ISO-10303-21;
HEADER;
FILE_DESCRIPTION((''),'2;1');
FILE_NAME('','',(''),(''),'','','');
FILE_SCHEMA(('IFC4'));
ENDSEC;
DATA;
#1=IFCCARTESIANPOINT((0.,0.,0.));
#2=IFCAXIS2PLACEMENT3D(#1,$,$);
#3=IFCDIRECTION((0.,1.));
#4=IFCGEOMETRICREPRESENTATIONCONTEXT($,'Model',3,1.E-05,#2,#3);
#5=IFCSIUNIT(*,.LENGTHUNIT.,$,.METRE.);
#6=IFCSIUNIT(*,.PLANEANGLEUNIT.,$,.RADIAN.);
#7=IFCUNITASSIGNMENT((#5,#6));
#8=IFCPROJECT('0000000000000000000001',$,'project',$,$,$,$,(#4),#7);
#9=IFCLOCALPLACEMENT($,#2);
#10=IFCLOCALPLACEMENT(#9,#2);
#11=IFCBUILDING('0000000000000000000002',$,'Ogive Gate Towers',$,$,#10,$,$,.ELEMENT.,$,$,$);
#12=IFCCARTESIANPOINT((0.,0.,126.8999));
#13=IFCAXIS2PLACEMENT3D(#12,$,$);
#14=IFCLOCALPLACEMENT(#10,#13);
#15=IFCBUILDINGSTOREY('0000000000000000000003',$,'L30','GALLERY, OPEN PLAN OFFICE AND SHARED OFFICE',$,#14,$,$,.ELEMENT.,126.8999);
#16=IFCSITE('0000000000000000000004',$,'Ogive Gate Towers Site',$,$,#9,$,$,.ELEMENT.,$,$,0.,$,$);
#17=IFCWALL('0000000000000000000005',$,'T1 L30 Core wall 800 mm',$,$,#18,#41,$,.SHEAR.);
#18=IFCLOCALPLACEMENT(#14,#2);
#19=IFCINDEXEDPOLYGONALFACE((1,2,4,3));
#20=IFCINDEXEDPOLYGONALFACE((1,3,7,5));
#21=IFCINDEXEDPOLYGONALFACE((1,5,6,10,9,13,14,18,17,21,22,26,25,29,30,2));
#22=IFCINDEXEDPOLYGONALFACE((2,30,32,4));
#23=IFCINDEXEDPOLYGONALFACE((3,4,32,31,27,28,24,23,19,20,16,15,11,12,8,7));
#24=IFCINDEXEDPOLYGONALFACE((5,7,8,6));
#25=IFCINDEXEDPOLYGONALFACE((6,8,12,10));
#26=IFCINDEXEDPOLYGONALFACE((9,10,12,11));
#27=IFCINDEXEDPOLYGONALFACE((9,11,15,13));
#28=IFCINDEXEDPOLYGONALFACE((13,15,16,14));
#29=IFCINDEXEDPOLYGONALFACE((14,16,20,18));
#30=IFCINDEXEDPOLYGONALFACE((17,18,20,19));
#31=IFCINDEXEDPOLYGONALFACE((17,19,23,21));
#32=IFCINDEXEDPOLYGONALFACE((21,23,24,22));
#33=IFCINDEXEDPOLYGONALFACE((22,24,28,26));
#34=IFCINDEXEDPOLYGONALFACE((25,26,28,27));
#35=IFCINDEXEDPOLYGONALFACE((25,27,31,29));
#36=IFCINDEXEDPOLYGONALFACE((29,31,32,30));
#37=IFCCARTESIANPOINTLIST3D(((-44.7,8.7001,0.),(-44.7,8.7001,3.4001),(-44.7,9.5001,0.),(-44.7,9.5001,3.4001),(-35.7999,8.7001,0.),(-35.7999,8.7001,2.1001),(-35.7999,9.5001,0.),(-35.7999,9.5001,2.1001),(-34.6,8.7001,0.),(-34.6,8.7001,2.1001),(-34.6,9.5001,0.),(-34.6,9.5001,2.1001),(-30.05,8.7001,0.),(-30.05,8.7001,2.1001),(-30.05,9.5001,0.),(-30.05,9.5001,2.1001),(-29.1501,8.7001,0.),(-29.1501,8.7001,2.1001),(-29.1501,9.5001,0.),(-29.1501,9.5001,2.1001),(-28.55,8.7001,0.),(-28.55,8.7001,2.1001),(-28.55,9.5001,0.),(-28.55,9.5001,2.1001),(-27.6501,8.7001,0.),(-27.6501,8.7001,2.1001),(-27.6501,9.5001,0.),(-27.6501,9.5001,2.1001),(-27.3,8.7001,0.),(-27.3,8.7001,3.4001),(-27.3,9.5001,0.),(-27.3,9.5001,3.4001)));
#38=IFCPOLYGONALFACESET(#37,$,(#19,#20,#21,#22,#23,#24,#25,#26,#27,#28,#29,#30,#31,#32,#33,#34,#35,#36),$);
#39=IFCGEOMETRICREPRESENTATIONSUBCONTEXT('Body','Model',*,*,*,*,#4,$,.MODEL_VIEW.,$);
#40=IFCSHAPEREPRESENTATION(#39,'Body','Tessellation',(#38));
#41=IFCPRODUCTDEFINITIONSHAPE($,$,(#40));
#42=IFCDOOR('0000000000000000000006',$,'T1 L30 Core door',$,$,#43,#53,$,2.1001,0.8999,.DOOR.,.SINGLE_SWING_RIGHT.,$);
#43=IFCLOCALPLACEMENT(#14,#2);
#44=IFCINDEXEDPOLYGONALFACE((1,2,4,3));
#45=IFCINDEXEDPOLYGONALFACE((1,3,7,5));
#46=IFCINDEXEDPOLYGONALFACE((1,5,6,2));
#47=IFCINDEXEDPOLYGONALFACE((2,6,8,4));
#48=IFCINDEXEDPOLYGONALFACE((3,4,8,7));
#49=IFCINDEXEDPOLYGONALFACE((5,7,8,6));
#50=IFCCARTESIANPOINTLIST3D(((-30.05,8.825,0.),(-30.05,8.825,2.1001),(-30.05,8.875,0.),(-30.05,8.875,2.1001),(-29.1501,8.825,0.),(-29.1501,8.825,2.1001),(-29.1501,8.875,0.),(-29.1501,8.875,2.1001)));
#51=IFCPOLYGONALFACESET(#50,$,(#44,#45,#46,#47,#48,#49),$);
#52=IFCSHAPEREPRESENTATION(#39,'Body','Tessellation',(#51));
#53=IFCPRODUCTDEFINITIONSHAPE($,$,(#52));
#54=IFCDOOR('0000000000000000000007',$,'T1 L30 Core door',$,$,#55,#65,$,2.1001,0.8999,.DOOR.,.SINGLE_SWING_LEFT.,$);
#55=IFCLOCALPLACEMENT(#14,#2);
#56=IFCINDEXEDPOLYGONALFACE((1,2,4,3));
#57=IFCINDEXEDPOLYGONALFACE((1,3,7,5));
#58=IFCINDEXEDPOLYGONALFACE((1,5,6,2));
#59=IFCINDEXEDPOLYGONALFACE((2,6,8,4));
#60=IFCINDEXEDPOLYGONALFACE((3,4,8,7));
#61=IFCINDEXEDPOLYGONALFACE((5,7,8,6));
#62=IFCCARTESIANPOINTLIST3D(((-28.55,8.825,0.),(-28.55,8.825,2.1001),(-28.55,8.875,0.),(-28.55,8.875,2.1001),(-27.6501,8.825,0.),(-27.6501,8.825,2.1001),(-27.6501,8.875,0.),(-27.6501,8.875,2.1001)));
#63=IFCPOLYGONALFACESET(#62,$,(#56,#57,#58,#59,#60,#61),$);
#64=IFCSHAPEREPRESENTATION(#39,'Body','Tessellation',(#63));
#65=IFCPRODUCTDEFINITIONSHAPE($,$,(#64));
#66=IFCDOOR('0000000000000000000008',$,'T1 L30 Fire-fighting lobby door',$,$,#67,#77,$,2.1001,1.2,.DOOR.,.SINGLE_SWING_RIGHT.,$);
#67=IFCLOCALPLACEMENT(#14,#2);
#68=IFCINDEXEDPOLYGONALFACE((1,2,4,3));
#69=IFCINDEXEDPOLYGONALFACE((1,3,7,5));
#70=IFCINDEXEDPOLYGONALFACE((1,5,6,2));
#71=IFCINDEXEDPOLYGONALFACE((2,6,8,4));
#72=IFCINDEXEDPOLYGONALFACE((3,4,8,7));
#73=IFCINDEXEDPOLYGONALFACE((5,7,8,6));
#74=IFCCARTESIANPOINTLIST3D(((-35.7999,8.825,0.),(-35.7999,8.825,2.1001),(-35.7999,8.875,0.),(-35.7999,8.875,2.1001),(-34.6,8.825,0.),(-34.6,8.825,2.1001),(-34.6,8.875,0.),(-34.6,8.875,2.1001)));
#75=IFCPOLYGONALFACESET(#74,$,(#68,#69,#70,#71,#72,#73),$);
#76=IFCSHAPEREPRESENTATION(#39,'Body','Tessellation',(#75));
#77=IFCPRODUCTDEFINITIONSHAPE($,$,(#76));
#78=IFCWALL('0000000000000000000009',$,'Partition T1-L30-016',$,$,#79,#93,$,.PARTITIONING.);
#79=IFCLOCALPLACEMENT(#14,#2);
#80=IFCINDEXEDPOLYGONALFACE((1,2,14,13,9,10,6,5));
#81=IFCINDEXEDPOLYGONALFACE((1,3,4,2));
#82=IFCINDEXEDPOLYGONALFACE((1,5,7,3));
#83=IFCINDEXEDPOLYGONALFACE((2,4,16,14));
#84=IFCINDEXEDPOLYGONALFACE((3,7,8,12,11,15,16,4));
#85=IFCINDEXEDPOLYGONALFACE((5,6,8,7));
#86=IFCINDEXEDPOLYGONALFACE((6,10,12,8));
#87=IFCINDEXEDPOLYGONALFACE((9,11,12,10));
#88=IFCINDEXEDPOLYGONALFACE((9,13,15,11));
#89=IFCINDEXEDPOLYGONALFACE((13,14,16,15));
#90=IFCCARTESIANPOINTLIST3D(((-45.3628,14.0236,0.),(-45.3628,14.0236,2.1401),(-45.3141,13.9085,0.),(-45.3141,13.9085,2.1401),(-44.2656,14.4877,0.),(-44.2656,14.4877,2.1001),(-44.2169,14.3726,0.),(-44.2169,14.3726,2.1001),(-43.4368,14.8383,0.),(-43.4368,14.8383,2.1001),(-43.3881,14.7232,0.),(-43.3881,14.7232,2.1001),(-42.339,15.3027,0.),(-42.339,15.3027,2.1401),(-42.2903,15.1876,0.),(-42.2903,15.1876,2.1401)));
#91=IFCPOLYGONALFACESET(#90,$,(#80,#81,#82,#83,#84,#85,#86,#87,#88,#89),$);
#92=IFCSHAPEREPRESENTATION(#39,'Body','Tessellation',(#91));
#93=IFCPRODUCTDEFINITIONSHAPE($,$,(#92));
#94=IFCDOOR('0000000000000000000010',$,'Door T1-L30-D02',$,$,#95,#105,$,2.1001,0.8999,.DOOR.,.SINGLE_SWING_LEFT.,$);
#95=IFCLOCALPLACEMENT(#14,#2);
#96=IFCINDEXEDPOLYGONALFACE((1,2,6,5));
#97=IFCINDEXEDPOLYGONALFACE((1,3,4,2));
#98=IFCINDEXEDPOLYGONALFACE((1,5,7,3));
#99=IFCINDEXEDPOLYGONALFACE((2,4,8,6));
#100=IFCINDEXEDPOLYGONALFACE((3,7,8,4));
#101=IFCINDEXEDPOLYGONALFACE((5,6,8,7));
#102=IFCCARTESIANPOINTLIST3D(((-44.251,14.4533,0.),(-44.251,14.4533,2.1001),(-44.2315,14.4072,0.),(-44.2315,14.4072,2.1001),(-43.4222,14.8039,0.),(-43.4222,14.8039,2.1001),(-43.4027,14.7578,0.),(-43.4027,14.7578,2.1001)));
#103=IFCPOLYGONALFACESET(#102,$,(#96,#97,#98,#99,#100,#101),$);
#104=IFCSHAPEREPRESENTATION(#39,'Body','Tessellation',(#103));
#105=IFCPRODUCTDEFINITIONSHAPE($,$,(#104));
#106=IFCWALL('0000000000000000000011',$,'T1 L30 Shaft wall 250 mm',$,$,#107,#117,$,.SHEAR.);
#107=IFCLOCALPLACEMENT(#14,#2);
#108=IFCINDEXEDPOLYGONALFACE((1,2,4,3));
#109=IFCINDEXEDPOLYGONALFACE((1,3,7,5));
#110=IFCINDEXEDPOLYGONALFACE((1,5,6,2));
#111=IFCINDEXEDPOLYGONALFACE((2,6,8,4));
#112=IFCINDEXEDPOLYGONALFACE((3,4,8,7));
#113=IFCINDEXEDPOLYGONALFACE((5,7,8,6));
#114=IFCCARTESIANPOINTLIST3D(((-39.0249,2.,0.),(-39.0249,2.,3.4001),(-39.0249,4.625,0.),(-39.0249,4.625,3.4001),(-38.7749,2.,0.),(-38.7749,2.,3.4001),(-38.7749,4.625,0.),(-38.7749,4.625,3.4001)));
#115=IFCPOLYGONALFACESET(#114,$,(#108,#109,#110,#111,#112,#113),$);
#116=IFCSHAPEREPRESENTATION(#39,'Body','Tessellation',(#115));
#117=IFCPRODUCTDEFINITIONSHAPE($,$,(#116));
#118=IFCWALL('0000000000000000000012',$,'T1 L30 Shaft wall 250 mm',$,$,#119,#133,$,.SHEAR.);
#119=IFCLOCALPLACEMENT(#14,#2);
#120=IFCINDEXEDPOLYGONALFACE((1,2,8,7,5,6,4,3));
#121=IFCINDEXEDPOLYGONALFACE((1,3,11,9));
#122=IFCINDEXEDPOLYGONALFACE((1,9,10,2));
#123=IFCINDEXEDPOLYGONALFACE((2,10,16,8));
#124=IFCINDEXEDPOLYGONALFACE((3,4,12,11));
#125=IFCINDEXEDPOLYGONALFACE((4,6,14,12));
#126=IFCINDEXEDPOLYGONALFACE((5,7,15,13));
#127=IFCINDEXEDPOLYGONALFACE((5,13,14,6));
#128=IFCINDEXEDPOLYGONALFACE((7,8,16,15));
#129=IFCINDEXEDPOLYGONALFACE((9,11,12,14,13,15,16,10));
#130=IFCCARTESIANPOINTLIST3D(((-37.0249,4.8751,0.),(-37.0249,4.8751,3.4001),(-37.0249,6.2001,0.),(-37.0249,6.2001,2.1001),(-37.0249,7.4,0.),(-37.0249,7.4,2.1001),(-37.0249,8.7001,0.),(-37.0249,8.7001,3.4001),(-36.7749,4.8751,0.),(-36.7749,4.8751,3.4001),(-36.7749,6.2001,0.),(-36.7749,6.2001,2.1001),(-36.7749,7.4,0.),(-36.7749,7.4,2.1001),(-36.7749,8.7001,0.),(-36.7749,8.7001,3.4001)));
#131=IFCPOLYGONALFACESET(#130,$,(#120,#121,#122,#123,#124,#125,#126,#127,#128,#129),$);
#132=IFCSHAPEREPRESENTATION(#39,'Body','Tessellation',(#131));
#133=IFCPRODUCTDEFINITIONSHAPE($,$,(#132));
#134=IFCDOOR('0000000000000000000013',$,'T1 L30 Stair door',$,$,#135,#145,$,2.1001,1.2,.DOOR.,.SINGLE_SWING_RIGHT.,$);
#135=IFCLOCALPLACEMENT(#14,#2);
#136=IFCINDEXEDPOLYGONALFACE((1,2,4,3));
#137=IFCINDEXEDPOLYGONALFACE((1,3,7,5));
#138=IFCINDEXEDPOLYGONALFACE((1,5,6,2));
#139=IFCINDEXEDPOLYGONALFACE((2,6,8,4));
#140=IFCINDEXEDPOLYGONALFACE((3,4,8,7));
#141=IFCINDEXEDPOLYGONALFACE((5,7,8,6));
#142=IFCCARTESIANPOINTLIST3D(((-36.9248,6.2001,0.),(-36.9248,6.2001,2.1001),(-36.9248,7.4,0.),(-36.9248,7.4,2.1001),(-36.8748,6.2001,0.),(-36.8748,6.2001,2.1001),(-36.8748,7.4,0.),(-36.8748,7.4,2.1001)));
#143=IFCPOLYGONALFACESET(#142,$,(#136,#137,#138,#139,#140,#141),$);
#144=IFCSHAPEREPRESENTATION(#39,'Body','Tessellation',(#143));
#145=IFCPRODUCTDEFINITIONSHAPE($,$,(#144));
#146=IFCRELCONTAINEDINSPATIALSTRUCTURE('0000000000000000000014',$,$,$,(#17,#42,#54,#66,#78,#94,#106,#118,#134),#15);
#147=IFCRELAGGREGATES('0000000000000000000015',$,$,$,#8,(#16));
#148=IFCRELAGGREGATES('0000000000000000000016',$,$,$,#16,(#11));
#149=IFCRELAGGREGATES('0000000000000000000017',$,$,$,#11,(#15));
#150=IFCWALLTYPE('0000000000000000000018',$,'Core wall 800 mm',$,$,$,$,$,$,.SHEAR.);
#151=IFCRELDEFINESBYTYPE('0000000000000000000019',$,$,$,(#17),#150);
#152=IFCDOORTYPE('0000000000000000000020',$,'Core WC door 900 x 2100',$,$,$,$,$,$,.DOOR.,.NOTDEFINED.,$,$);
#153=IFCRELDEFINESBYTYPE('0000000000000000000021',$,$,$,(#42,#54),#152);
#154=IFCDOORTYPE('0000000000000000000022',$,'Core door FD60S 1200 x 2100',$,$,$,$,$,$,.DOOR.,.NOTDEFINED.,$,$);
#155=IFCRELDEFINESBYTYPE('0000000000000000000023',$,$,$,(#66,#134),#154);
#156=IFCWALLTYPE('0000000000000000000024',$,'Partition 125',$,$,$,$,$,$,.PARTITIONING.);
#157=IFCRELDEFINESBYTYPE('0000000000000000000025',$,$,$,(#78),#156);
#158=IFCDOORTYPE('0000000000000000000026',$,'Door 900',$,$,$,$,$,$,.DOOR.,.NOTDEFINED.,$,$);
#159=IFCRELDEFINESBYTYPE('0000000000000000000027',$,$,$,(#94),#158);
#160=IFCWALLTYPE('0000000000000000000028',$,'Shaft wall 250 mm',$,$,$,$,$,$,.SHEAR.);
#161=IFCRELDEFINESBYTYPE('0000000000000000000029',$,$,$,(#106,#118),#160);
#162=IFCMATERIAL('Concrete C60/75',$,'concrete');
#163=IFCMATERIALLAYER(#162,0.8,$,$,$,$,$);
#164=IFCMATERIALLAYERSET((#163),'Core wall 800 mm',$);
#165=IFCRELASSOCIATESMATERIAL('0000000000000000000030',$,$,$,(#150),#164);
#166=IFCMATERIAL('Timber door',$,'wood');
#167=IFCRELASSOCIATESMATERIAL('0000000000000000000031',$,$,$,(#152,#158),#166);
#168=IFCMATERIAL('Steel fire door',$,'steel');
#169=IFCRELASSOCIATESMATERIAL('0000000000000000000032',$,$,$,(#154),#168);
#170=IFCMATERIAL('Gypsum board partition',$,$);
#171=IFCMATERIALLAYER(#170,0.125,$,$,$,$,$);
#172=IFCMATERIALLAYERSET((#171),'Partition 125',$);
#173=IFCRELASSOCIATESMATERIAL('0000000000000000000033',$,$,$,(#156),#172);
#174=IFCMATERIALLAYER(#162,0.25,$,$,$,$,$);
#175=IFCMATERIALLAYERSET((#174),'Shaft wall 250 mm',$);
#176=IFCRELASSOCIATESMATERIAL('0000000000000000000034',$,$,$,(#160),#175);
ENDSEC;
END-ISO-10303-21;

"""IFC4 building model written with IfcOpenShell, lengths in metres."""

from ifc_helpers import new_model, si_unit, direction, frame, frame_2d, origin, place, context, subcontext, project, spatial, rectangle, extrude, material, layer, layer_set, type_object, element, fill, save


model = new_model("IFC4")

# Units and contexts
model_context = context("Model", 3, precision=1e-05, world=origin(), true_north=direction((0.0, 1.0)))
body_context = subcontext(model_context, "Body", "Model", "MODEL_VIEW")
ifc_project = project(units=[si_unit("LENGTHUNIT", "METRE"), si_unit("PLANEANGLEUNIT", "RADIAN")], contexts=[model_context])

# Site, building, storey
site_placement = place(None, origin())
site = spatial("IfcSite", under=ifc_project, at=site_placement, Name="Ogive Gate Towers Site", CompositionType="ELEMENT", RefElevation=0.0)
building_placement = place(site_placement, origin())
building = spatial("IfcBuilding", under=site, at=building_placement, Name="Ogive Gate Towers", CompositionType="ELEMENT")
storey_placement = place(building_placement, frame((0.0, 0.0, 126.8999)))
storey = spatial("IfcBuildingStorey", under=building, at=storey_placement, Name="L30", Description="GALLERY, OPEN PLAN OFFICE AND SHARED OFFICE", CompositionType="ELEMENT", Elevation=126.8999)

# Wall, openings, doors
ifc_material_1 = material(Name="Concrete C60/75", Category="concrete")
ifc_layer_1 = layer(ifc_material_1, 0.8)
ifc_layer_set_1 = layer_set([ifc_layer_1], Name="Core wall 800 mm")
wall_type_1 = type_object("IfcWallType", Name="Core wall 800 mm", PredefinedType="SHEAR", material=ifc_layer_set_1)
wall_1_placement = place(storey_placement, frame((-44.7, 9.1001, 0.0), z_axis=(0.0, 0.0, 1.0), x_axis=(1.0, 0.0, 0.0)))
wall_1 = element("IfcWall", 1, at=wall_1_placement, inside=storey, type_object=wall_type_1, Name="T1 L30 Core wall 800 mm", PredefinedType="SHEAR", context=body_context, shape_type="SweptSolid", body=[
    extrude(rectangle(XDim=17.3999, YDim=0.8, at=frame_2d((8.7, 0.0))), origin(), (0.0, 0.0, 1.0), 3.4001),
])
opening_1_placement = place(wall_1_placement, frame((8.8999, 0.0, 0.0)))
opening_1 = element("IfcOpeningElement", 2, at=opening_1_placement, cuts=wall_1, PredefinedType="OPENING", context=body_context, shape_type="SweptSolid", body=[
    extrude(rectangle(XDim=1.2, YDim=2.1001, at=frame_2d((0.6001, 1.05))), frame((0.0, 0.4102, 0.0), z_axis=(0.0, -1.0, 0.0), x_axis=(1.0, 0.0, 0.0)), (0.0, 0.0, 1.0), 0.8201),
])
opening_2_placement = place(wall_1_placement, frame((14.6499, 0.0, 0.0)))
opening_2 = element("IfcOpeningElement", 3, at=opening_2_placement, cuts=wall_1, PredefinedType="OPENING", context=body_context, shape_type="SweptSolid", body=[
    extrude(rectangle(XDim=0.8999, YDim=2.1001, at=frame_2d((0.45, 1.05))), frame((0.0, 0.4102, 0.0), z_axis=(0.0, -1.0, 0.0), x_axis=(1.0, 0.0, 0.0)), (0.0, 0.0, 1.0), 0.8201),
])
opening_3_placement = place(wall_1_placement, frame((16.1499, 0.0, 0.0)))
opening_3 = element("IfcOpeningElement", 4, at=opening_3_placement, cuts=wall_1, PredefinedType="OPENING", context=body_context, shape_type="SweptSolid", body=[
    extrude(rectangle(XDim=0.8999, YDim=2.1001, at=frame_2d((0.45, 1.05))), frame((0.0, 0.4102, 0.0), z_axis=(0.0, -1.0, 0.0), x_axis=(1.0, 0.0, 0.0)), (0.0, 0.0, 1.0), 0.8201),
])
ifc_material_2 = material(Name="Timber door", Category="wood")
door_type_1 = type_object("IfcDoorType", Name="Core WC door 900 x 2100", OperationType="NOTDEFINED", PredefinedType="DOOR", material=ifc_material_2)
door_1_placement = place(opening_2_placement, origin())
door_1 = element("IfcDoor", 5, at=door_1_placement, inside=storey, type_object=door_type_1, Name="T1 L30 Core door", OperationType="SINGLE_SWING_RIGHT", OverallHeight=2.1001, OverallWidth=0.8999, PredefinedType="DOOR", context=body_context, shape_type="SweptSolid", body=[
    extrude(rectangle(XDim=0.8999, YDim=2.1001, at=frame_2d((0.45, 1.05))), frame((0.0, -0.2251, 0.0), z_axis=(0.0, -1.0, 0.0), x_axis=(1.0, 0.0, 0.0)), (0.0, 0.0, 1.0), 0.05),
])
fill(opening_2, door_1)
door_2_placement = place(opening_3_placement, origin())
door_2 = element("IfcDoor", 6, at=door_2_placement, inside=storey, type_object=door_type_1, Name="T1 L30 Core door", OperationType="SINGLE_SWING_LEFT", OverallHeight=2.1001, OverallWidth=0.8999, PredefinedType="DOOR", context=body_context, shape_type="SweptSolid", body=[
    extrude(rectangle(XDim=0.8999, YDim=2.1001, at=frame_2d((0.45, 1.05))), frame((0.0, -0.2251, 0.0), z_axis=(0.0, -1.0, 0.0), x_axis=(1.0, 0.0, 0.0)), (0.0, 0.0, 1.0), 0.05),
])
fill(opening_3, door_2)
ifc_material_3 = material(Name="Steel fire door", Category="steel")
door_type_2 = type_object("IfcDoorType", Name="Core door FD60S 1200 x 2100", OperationType="NOTDEFINED", PredefinedType="DOOR", material=ifc_material_3)
door_3_placement = place(opening_1_placement, origin())
door_3 = element("IfcDoor", 7, at=door_3_placement, inside=storey, type_object=door_type_2, Name="T1 L30 Fire-fighting lobby door", OperationType="SINGLE_SWING_RIGHT", OverallHeight=2.1001, OverallWidth=1.2, PredefinedType="DOOR", context=body_context, shape_type="SweptSolid", body=[
    extrude(rectangle(XDim=1.2, YDim=2.1001, at=frame_2d((0.6001, 1.05))), frame((0.0, -0.2251, 0.0), z_axis=(0.0, -1.0, 0.0), x_axis=(1.0, 0.0, 0.0)), (0.0, 0.0, 1.0), 0.05),
])
fill(opening_1, door_3)

# Wall, opening, door
ifc_material_4 = material(Name="Gypsum board partition")
ifc_layer_2 = layer(ifc_material_4, 0.125)
ifc_layer_set_2 = layer_set([ifc_layer_2], Name="Partition 125")
wall_type_2 = type_object("IfcWallType", Name="Partition 125", PredefinedType="PARTITIONING", material=ifc_layer_set_2)
wall_2_placement = place(storey_placement, frame((-42.3147, 15.2451, 0.0), z_axis=(0.0, 0.0, 1.0), x_axis=(-0.920989, -0.389589, 0.0)))
wall_2 = element("IfcWall", 8, at=wall_2_placement, inside=storey, type_object=wall_type_2, Name="Partition T1-L30-016", PredefinedType="PARTITIONING", context=body_context, shape_type="SweptSolid", body=[
    extrude(rectangle(XDim=3.2832, YDim=0.125, at=frame_2d((1.6416, 0.0))), origin(), (0.0, 0.0, 1.0), 2.1401),
])
opening_4_placement = place(wall_2_placement, frame((1.1919, 0.0, 0.0)))
opening_4 = element("IfcOpeningElement", 9, at=opening_4_placement, cuts=wall_2, PredefinedType="OPENING", context=body_context, shape_type="SweptSolid", body=[
    extrude(rectangle(XDim=0.8999, YDim=2.1001, at=frame_2d((0.45, 1.05))), frame((0.0, 0.0725, 0.0), z_axis=(0.0, -1.0, 0.0), x_axis=(1.0, 0.0, 0.0)), (0.0, 0.0, 1.0), 0.145),
])
door_type_3 = type_object("IfcDoorType", Name="Door 900", OperationType="NOTDEFINED", PredefinedType="DOOR", material=ifc_material_2)
door_4_placement = place(opening_4_placement, origin())
door_4 = element("IfcDoor", 10, at=door_4_placement, inside=storey, type_object=door_type_3, Name="Door T1-L30-D02", OperationType="SINGLE_SWING_LEFT", OverallHeight=2.1001, OverallWidth=0.8999, PredefinedType="DOOR", context=body_context, shape_type="SweptSolid", body=[
    extrude(rectangle(XDim=0.8999, YDim=2.1001, at=frame_2d((0.45, 1.05))), frame((0.0, 0.0249, 0.0), z_axis=(0.0, -1.0, 0.0), x_axis=(1.0, 0.0, 0.0)), (0.0, 0.0, 1.0), 0.05),
])
fill(opening_4, door_4)

# Wall
ifc_layer_3 = layer(ifc_material_1, 0.25)
ifc_layer_set_3 = layer_set([ifc_layer_3], Name="Shaft wall 250 mm")
wall_type_3 = type_object("IfcWallType", Name="Shaft wall 250 mm", PredefinedType="SHEAR", material=ifc_layer_set_3)
wall_3_placement = place(storey_placement, frame((-38.8999, 2.0, 0.0), z_axis=(0.0, 0.0, 1.0), x_axis=(0.0, 1.0, 0.0)))
element("IfcWall", 11, at=wall_3_placement, inside=storey, type_object=wall_type_3, Name="T1 L30 Shaft wall 250 mm", PredefinedType="SHEAR", context=body_context, shape_type="SweptSolid", body=[
    extrude(rectangle(XDim=2.625, YDim=0.25, at=frame_2d((1.3125, 0.0))), origin(), (0.0, 0.0, 1.0), 3.4001),
])

# Wall, opening, door
wall_4_placement = place(storey_placement, frame((-36.8999, 4.875, 0.0), z_axis=(0.0, 0.0, 1.0), x_axis=(0.0, 1.0, 0.0)))
wall_4 = element("IfcWall", 12, at=wall_4_placement, inside=storey, type_object=wall_type_3, Name="T1 L30 Shaft wall 250 mm", PredefinedType="SHEAR", context=body_context, shape_type="SweptSolid", body=[
    extrude(rectangle(XDim=3.825, YDim=0.25, at=frame_2d((1.9126, 0.0))), origin(), (0.0, 0.0, 1.0), 3.4001),
])
opening_5_placement = place(wall_4_placement, frame((1.325, 0.0, 0.0)))
opening_5 = element("IfcOpeningElement", 13, at=opening_5_placement, cuts=wall_4, PredefinedType="OPENING", context=body_context, shape_type="SweptSolid", body=[
    extrude(rectangle(XDim=1.2, YDim=2.1001, at=frame_2d((0.6001, 1.05))), frame((0.0, 0.135, 0.0), z_axis=(0.0, -1.0, 0.0), x_axis=(1.0, 0.0, 0.0)), (0.0, 0.0, 1.0), 0.27),
])
door_5_placement = place(opening_5_placement, origin())
door_5 = element("IfcDoor", 14, at=door_5_placement, inside=storey, type_object=door_type_2, Name="T1 L30 Stair door", OperationType="SINGLE_SWING_RIGHT", OverallHeight=2.1001, OverallWidth=1.2, PredefinedType="DOOR", context=body_context, shape_type="SweptSolid", body=[
    extrude(rectangle(XDim=1.2, YDim=2.1001, at=frame_2d((0.6001, 1.05))), frame((0.0, 0.0249, 0.0), z_axis=(0.0, -1.0, 0.0), x_axis=(1.0, 0.0, 0.0)), (0.0, 0.0, 1.0), 0.05),
])
fill(opening_5, door_5)

save(model, "model.ifc")
